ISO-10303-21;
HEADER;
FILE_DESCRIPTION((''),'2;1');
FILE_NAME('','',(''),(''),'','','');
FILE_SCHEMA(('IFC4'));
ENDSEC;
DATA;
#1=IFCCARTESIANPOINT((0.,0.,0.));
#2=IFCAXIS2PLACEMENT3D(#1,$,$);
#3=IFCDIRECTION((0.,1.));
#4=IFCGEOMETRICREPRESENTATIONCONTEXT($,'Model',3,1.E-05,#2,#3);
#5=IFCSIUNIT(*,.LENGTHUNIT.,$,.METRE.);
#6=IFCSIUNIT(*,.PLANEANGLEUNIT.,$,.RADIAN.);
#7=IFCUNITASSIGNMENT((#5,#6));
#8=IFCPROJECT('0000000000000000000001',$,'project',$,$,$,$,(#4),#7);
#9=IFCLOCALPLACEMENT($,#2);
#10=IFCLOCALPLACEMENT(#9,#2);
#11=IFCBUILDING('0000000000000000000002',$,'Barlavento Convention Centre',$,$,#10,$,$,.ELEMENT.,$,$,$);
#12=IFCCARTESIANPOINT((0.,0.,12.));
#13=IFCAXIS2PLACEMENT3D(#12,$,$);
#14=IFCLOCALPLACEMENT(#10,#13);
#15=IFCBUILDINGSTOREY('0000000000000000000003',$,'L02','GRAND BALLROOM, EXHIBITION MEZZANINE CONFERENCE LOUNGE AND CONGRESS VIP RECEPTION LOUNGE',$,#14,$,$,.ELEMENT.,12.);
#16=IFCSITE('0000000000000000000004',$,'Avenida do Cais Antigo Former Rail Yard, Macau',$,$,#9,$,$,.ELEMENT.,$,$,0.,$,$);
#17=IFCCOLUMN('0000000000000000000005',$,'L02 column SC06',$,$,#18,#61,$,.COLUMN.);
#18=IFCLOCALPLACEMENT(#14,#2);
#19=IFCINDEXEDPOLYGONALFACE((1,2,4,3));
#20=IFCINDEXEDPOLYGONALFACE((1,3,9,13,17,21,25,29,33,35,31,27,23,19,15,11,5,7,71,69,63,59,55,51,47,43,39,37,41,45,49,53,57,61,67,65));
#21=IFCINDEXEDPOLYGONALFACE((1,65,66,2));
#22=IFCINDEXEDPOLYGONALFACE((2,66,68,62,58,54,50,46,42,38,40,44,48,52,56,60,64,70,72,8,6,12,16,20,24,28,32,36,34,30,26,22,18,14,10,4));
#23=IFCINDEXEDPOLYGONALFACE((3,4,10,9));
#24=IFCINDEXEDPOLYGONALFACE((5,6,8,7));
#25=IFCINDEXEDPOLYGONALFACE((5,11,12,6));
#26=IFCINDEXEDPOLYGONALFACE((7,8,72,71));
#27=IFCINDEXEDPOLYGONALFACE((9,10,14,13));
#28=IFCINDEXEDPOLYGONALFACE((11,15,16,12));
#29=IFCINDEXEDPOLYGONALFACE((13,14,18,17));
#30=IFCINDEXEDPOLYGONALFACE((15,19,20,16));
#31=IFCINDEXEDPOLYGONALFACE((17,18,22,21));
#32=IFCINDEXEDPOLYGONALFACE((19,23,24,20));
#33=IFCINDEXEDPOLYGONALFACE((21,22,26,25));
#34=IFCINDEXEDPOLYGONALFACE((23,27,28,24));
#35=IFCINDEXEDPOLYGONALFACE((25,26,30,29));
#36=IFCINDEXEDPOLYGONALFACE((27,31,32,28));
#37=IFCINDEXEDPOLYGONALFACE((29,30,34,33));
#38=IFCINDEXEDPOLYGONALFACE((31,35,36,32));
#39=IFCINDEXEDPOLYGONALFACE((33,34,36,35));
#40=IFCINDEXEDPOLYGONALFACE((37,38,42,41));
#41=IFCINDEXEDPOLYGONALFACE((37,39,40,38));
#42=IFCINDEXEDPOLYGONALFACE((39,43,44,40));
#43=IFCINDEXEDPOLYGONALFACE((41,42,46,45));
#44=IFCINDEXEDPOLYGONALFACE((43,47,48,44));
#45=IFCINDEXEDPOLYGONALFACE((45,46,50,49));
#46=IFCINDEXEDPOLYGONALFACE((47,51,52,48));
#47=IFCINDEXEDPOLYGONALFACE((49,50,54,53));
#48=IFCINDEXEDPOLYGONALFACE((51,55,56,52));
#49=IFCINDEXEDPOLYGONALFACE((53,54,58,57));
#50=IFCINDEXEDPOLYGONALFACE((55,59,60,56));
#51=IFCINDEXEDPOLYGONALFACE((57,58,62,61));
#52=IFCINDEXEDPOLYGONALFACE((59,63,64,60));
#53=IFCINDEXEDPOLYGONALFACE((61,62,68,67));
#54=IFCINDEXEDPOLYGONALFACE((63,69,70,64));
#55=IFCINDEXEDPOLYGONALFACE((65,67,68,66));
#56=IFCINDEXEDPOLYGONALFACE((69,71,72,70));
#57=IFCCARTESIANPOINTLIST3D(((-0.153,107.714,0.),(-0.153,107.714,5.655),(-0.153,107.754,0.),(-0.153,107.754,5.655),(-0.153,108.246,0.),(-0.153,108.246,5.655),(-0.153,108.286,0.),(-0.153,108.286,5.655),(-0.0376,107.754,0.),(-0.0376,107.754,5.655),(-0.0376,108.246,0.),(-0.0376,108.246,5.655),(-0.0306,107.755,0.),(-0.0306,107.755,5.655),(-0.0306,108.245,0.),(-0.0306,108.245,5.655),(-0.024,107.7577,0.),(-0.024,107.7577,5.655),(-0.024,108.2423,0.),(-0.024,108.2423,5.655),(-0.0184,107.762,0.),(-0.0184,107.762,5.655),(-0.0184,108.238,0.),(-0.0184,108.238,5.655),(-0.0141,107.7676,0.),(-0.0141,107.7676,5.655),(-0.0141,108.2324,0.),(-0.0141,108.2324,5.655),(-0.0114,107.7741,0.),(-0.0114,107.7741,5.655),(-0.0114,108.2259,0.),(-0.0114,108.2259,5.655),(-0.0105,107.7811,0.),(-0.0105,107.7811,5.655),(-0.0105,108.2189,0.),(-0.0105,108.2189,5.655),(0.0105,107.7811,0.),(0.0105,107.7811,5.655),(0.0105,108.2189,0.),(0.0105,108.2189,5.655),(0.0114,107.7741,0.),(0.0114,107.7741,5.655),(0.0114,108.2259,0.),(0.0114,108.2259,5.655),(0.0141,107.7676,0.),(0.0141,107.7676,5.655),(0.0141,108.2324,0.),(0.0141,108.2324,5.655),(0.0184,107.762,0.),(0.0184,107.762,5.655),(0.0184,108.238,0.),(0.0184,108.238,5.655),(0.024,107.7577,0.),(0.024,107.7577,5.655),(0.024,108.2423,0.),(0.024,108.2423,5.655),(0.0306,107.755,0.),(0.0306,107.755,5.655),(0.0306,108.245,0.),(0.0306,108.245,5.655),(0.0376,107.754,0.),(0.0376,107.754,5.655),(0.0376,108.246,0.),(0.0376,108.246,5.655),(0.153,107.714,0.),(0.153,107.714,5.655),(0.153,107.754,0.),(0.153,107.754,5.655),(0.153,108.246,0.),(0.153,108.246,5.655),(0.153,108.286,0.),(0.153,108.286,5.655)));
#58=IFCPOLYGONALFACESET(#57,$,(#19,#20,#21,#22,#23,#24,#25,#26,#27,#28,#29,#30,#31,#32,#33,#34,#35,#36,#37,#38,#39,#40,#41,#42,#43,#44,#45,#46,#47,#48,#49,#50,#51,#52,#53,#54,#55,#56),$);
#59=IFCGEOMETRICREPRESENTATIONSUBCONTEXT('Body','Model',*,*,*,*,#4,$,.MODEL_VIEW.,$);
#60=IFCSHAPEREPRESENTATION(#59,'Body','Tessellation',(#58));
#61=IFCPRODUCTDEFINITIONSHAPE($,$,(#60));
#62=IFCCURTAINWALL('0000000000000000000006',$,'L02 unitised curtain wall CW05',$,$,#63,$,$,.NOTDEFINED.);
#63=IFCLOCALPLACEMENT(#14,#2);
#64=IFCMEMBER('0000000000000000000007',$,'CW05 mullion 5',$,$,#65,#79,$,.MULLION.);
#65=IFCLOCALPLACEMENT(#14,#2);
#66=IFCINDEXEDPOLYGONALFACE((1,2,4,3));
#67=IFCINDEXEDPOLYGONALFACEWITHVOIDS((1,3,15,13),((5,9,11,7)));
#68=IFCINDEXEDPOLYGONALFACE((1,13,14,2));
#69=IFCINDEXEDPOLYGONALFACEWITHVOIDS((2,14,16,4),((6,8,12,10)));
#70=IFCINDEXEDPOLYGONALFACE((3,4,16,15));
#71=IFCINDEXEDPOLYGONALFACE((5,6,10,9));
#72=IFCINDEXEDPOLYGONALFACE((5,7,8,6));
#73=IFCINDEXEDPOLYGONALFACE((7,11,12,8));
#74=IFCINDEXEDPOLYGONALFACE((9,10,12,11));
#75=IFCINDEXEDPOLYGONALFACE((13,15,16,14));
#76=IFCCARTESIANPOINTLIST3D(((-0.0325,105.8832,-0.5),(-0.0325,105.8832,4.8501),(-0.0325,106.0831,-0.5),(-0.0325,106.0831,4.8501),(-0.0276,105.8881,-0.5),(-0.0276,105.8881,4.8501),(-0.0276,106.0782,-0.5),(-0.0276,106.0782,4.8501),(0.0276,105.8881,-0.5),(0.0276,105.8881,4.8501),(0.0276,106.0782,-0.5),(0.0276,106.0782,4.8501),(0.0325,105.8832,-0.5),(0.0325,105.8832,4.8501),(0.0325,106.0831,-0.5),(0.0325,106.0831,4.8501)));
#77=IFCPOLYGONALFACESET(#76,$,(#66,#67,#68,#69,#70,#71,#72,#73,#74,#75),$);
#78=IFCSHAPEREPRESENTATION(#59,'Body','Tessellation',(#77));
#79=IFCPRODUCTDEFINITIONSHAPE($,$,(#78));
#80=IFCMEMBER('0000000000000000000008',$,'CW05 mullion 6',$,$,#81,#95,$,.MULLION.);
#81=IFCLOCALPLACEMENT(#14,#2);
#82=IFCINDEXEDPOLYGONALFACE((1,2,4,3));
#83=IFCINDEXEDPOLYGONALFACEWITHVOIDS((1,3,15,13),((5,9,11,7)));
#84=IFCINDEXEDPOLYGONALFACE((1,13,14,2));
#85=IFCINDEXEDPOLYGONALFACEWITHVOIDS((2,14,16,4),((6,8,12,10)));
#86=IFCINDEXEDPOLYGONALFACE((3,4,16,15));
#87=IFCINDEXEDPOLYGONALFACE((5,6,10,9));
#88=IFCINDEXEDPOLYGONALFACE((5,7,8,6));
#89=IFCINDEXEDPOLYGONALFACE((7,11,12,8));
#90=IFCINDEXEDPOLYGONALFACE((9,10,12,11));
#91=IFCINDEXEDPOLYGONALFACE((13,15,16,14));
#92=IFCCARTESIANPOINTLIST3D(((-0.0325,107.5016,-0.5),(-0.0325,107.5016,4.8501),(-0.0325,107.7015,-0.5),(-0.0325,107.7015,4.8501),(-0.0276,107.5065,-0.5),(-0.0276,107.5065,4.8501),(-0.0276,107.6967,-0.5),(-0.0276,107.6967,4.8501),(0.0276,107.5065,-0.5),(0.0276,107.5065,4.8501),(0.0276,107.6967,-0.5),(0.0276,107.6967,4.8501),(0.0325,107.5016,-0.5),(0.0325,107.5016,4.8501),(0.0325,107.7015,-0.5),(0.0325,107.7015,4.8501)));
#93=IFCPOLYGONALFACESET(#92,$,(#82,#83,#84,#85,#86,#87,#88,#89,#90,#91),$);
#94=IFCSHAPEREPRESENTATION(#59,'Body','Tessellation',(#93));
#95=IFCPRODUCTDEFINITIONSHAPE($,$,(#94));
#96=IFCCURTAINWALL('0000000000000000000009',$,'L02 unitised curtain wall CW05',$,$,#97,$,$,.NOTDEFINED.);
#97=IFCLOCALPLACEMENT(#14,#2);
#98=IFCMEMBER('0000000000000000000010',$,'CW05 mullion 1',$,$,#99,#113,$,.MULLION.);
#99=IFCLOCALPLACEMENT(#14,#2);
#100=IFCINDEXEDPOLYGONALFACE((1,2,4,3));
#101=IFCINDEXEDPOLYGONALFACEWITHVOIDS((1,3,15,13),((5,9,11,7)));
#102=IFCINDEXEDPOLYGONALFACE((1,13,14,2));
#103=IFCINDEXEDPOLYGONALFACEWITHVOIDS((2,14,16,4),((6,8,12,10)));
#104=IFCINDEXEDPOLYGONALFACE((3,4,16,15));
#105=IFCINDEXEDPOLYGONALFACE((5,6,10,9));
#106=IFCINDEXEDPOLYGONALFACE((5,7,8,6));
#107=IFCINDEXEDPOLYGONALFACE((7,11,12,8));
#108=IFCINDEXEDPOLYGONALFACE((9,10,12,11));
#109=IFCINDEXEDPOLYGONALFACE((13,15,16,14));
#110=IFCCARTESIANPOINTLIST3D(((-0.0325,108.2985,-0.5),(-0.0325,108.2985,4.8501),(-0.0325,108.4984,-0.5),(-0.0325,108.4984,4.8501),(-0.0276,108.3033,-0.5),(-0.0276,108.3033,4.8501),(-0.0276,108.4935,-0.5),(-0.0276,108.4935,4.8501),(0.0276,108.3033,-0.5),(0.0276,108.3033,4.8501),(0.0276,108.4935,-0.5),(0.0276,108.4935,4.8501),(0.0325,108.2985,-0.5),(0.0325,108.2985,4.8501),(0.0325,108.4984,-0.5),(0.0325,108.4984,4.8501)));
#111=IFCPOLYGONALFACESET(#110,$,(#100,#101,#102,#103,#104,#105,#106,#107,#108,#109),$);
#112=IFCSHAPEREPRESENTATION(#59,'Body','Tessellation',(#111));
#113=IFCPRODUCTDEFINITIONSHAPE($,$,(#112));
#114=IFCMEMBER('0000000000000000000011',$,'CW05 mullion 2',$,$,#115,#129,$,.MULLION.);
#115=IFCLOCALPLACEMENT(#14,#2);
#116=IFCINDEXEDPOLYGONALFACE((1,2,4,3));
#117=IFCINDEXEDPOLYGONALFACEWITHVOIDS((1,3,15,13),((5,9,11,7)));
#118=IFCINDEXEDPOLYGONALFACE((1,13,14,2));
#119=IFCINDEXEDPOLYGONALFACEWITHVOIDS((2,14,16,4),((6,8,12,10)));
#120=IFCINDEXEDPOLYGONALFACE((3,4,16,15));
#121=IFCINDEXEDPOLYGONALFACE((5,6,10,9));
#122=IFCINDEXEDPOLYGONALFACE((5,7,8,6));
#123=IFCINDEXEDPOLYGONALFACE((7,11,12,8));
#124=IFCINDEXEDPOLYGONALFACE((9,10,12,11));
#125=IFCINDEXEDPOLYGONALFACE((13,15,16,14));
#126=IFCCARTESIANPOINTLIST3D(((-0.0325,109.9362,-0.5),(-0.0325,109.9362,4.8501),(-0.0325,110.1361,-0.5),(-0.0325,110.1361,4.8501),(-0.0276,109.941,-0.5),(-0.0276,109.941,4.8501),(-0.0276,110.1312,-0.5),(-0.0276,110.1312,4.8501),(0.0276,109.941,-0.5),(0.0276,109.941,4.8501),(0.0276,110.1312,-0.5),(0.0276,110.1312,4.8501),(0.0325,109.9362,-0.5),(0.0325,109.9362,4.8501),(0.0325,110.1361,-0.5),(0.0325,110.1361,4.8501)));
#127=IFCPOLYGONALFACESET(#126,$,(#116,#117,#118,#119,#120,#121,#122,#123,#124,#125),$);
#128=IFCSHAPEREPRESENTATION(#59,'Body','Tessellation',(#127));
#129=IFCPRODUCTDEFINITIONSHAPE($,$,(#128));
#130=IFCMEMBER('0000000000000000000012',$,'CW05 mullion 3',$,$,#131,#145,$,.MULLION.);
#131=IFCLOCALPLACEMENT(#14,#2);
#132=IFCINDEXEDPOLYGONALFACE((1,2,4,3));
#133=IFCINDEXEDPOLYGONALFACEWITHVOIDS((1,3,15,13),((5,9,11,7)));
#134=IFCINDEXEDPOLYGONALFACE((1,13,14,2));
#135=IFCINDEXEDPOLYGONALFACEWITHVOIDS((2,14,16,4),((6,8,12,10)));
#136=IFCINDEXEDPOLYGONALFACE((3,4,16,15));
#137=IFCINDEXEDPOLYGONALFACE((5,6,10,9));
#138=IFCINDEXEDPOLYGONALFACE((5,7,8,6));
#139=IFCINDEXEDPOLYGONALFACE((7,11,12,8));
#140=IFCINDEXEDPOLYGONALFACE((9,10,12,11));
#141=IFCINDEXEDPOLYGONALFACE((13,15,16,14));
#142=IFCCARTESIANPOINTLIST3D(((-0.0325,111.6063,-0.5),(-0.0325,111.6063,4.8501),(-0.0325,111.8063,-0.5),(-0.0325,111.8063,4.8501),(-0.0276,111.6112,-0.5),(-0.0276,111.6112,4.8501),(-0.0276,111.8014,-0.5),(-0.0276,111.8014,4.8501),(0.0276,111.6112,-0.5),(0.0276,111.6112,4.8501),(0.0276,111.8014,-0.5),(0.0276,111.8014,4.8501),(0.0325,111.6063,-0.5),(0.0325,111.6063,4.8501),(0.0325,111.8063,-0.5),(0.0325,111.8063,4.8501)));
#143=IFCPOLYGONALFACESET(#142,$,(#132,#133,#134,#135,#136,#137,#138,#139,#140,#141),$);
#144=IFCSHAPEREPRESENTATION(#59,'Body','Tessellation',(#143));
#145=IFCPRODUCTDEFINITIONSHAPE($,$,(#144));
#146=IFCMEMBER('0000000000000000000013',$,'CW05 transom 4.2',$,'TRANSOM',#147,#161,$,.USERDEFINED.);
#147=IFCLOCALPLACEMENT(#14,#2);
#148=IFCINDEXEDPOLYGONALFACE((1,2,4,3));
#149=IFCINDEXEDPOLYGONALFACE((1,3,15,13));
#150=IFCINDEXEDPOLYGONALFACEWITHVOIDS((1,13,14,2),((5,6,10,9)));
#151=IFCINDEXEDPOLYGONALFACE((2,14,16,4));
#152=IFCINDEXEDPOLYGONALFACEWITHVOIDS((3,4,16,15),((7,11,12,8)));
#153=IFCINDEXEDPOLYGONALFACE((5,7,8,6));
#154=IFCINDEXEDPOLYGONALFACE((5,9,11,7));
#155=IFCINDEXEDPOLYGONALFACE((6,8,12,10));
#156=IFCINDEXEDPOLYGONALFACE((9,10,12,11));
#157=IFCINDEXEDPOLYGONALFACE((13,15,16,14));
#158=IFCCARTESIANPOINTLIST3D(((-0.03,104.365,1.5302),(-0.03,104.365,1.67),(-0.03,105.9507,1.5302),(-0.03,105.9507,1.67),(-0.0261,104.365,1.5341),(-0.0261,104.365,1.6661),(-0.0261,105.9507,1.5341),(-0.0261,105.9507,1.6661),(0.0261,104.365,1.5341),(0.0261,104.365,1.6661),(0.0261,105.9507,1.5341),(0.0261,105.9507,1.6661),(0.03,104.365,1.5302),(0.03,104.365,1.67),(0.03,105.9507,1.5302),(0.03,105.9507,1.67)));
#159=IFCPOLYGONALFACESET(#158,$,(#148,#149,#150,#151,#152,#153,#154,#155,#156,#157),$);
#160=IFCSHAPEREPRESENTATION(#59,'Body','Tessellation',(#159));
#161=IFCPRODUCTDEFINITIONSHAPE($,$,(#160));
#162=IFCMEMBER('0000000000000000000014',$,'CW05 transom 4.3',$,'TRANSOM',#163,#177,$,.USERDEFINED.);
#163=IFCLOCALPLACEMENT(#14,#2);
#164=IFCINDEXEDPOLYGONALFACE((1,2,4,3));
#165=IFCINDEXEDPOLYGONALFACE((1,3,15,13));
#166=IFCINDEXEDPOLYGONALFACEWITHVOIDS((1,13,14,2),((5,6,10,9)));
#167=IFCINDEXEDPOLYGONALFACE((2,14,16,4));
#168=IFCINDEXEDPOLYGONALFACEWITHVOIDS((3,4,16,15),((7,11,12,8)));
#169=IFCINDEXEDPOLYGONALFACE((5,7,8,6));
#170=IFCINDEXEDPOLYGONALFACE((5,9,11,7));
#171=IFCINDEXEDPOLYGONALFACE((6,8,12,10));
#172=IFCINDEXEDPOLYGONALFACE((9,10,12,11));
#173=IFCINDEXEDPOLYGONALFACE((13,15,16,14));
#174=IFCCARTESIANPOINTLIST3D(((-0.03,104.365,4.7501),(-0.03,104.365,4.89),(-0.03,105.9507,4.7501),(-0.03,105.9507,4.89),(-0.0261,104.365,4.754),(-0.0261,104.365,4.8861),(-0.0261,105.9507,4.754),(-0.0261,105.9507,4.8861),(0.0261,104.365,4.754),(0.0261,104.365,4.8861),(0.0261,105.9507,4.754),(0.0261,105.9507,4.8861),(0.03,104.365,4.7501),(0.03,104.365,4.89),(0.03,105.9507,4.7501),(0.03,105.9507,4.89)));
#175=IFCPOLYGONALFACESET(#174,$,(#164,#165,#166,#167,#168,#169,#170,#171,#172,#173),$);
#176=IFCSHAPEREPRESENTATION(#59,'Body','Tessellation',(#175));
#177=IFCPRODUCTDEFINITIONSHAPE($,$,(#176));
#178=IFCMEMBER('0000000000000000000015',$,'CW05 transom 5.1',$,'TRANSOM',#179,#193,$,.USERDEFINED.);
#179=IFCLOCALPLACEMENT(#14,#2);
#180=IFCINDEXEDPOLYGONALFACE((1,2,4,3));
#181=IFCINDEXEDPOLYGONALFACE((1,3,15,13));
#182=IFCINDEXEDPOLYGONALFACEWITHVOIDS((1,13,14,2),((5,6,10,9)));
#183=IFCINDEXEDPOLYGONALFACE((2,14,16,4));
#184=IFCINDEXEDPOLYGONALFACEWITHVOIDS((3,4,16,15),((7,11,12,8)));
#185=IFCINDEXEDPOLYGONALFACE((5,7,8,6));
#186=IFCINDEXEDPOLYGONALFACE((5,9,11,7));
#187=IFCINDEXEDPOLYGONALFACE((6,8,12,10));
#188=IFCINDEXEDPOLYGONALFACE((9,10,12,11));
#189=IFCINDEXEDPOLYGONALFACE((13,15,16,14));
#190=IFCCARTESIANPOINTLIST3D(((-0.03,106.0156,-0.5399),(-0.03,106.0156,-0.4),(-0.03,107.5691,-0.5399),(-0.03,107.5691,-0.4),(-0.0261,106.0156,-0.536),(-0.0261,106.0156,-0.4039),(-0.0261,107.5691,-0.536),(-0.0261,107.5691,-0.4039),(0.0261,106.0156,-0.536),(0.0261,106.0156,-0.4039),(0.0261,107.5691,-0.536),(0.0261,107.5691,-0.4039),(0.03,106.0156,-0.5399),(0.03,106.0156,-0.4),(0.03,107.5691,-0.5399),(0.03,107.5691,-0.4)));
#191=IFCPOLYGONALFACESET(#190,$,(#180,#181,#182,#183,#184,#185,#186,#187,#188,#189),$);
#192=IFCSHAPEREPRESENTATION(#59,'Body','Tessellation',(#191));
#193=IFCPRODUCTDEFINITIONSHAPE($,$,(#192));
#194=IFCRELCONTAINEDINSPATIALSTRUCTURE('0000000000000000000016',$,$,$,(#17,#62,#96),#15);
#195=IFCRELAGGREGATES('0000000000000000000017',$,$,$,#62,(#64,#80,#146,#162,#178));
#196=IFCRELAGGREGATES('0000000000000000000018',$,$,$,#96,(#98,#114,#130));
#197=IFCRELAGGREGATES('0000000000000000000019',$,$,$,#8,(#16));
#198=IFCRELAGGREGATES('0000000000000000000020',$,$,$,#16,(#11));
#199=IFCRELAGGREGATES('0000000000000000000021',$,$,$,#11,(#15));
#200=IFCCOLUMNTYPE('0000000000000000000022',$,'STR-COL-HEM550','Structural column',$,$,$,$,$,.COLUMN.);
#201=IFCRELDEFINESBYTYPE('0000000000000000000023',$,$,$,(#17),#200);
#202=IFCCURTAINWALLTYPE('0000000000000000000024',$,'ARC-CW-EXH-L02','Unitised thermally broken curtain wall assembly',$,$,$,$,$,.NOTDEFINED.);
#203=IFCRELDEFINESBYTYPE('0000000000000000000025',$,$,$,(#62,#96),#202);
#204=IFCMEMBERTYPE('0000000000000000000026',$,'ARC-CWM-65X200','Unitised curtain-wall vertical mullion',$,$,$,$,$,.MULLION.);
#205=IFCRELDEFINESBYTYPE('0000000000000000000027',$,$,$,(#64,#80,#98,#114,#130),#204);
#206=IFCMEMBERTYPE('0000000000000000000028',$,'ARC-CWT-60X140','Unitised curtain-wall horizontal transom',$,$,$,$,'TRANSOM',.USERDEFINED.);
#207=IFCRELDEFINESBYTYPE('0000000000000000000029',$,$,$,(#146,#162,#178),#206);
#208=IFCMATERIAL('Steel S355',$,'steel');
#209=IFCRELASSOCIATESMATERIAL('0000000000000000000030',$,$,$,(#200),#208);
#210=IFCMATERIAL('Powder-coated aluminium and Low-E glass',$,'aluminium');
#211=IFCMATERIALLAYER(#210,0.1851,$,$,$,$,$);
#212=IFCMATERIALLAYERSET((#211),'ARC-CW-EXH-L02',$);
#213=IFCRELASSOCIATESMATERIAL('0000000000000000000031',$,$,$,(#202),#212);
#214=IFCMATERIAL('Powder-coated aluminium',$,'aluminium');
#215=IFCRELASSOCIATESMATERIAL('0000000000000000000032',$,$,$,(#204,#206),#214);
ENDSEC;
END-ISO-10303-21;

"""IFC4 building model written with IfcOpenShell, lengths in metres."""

from ifc_helpers import new_model, si_unit, direction, frame, origin, origin_2d, place, context, subcontext, project, spatial, hollow_rectangle, i_section, extrude, material, layer, layer_set, material_profile, profile_set, type_object, element, aggregate, save


model = new_model("IFC4")

# Units and contexts
model_context = context("Model", 3, precision=1e-05, world=origin(), true_north=direction((0.0, 1.0)))
body_context = subcontext(model_context, "Body", "Model", "MODEL_VIEW")
ifc_project = project(units=[si_unit("LENGTHUNIT", "METRE"), si_unit("PLANEANGLEUNIT", "RADIAN")], contexts=[model_context])

# Site, building, storey
site_placement = place(None, origin())
site = spatial("IfcSite", under=ifc_project, at=site_placement, Name="Avenida do Cais Antigo Former Rail Yard, Macau", CompositionType="ELEMENT", RefElevation=0.0)
building_placement = place(site_placement, origin())
building = spatial("IfcBuilding", under=site, at=building_placement, Name="Barlavento Convention Centre", CompositionType="ELEMENT")
storey_placement = place(building_placement, frame((0.0, 0.0, 12.0)))
storey = spatial("IfcBuildingStorey", under=building, at=storey_placement, Name="L02", Description="GRAND BALLROOM, EXHIBITION MEZZANINE CONFERENCE LOUNGE AND CONGRESS VIP RECEPTION LOUNGE", CompositionType="ELEMENT", Elevation=12.0)

# Column
ifc_material_1 = material(Name="Steel S355", Category="steel")
ifc_material_profile_1 = material_profile(ifc_material_1, i_section(OverallWidth=0.3059, OverallDepth=0.572, WebThickness=0.021, FlangeThickness=0.04, FilletRadius=0.0271, at=origin_2d()), Name="HEM 550")
ifc_profile_set_1 = profile_set([ifc_material_profile_1], Name="Steel S355")
column_type = type_object("IfcColumnType", Name="STR-COL-HEM550", Description="Structural column", PredefinedType="COLUMN", material=ifc_profile_set_1)
column_placement = place(storey_placement, frame((0.0, 108.0, 0.0), z_axis=(0.0, 0.0, 1.0), x_axis=(1.0, 0.0, 0.0)))
element("IfcColumn", 1, at=column_placement, inside=storey, type_object=column_type, Name="L02 column SC06", PredefinedType="COLUMN", context=body_context, shape_type="SweptSolid", body=[
    extrude(i_section(OverallWidth=0.3059, OverallDepth=0.572, WebThickness=0.021, FlangeThickness=0.04, FilletRadius=0.0271, at=origin_2d()), origin(), (0.0, 0.0, 1.0), 5.655),
])

# Curtain walls, members
ifc_material_2 = material(Name="Powder-coated aluminium and Low-E glass", Category="aluminium")
ifc_layer_1 = layer(ifc_material_2, 0.1851)
ifc_layer_set_1 = layer_set([ifc_layer_1], Name="ARC-CW-EXH-L02")
curtain_wall_type = type_object("IfcCurtainWallType", Name="ARC-CW-EXH-L02", Description="Unitised thermally broken curtain wall assembly", PredefinedType="NOTDEFINED", material=ifc_layer_set_1)
curtain_wall_1_placement = place(storey_placement, origin())
curtain_wall_1 = element("IfcCurtainWall", 2, at=curtain_wall_1_placement, inside=storey, type_object=curtain_wall_type, Name="L02 unitised curtain wall CW05", PredefinedType="NOTDEFINED")
ifc_material_3 = material(Name="Powder-coated aluminium", Category="aluminium")
ifc_material_profile_2 = material_profile(ifc_material_3, hollow_rectangle(XDim=0.0649, YDim=0.2, WallThickness=0.0049, at=origin_2d()), Name="AL-MULL 65x200x5")
ifc_profile_set_2 = profile_set([ifc_material_profile_2], Name="Powder-coated aluminium")
member_type_1 = type_object("IfcMemberType", Name="ARC-CWM-65X200", Description="Unitised curtain-wall vertical mullion", PredefinedType="MULLION", material=ifc_profile_set_2)
member_1_placement = place(storey_placement, frame((0.0, 105.9832, -0.5), z_axis=(0.0, 0.0, 1.0), x_axis=(-1.0, 0.0, 0.0)))
member_1 = element("IfcMember", 3, at=member_1_placement, type_object=member_type_1, Name="CW05 mullion 5", PredefinedType="MULLION", context=body_context, shape_type="SweptSolid", body=[
    extrude(hollow_rectangle(XDim=0.0649, YDim=0.2, WallThickness=0.0049, at=origin_2d()), origin(), (0.0, 0.0, 1.0), 5.3501),
])
member_2_placement = place(storey_placement, frame((0.0, 107.6016, -0.5), z_axis=(0.0, 0.0, 1.0), x_axis=(-1.0, 0.0, 0.0)))
member_2 = element("IfcMember", 4, at=member_2_placement, type_object=member_type_1, Name="CW05 mullion 6", PredefinedType="MULLION", context=body_context, shape_type="SweptSolid", body=[
    extrude(hollow_rectangle(XDim=0.0649, YDim=0.2, WallThickness=0.0049, at=origin_2d()), origin(), (0.0, 0.0, 1.0), 5.3501),
])
curtain_wall_2_placement = place(storey_placement, origin())
curtain_wall_2 = element("IfcCurtainWall", 5, at=curtain_wall_2_placement, inside=storey, type_object=curtain_wall_type, Name="L02 unitised curtain wall CW05", PredefinedType="NOTDEFINED")
member_3_placement = place(storey_placement, frame((0.0, 108.3984, -0.5), z_axis=(0.0, 0.0, 1.0), x_axis=(-1.0, 0.0, 0.0)))
member_3 = element("IfcMember", 6, at=member_3_placement, type_object=member_type_1, Name="CW05 mullion 1", PredefinedType="MULLION", context=body_context, shape_type="SweptSolid", body=[
    extrude(hollow_rectangle(XDim=0.0649, YDim=0.2, WallThickness=0.0049, at=origin_2d()), origin(), (0.0, 0.0, 1.0), 5.3501),
])
member_4_placement = place(storey_placement, frame((0.0, 110.0361, -0.5), z_axis=(0.0, 0.0, 1.0), x_axis=(-1.0, 0.0, 0.0)))
member_4 = element("IfcMember", 7, at=member_4_placement, type_object=member_type_1, Name="CW05 mullion 2", PredefinedType="MULLION", context=body_context, shape_type="SweptSolid", body=[
    extrude(hollow_rectangle(XDim=0.0649, YDim=0.2, WallThickness=0.0049, at=origin_2d()), origin(), (0.0, 0.0, 1.0), 5.3501),
])
member_5_placement = place(storey_placement, frame((0.0, 111.7063, -0.5), z_axis=(0.0, 0.0, 1.0), x_axis=(-1.0, 0.0, 0.0)))
member_5 = element("IfcMember", 8, at=member_5_placement, type_object=member_type_1, Name="CW05 mullion 3", PredefinedType="MULLION", context=body_context, shape_type="SweptSolid", body=[
    extrude(hollow_rectangle(XDim=0.0649, YDim=0.2, WallThickness=0.0049, at=origin_2d()), origin(), (0.0, 0.0, 1.0), 5.3501),
])

# Members
ifc_material_profile_3 = material_profile(ifc_material_3, hollow_rectangle(XDim=0.0601, YDim=0.1399, WallThickness=0.0039, at=origin_2d()), Name="AL-TRAN 60x140x4")
ifc_profile_set_3 = profile_set([ifc_material_profile_3], Name="Powder-coated aluminium")
member_type_2 = type_object("IfcMemberType", Name="ARC-CWT-60X140", Description="Unitised curtain-wall horizontal transom", ElementType="TRANSOM", PredefinedType="USERDEFINED", material=ifc_profile_set_3)
member_6_placement = place(storey_placement, frame((0.0, 104.365, 1.6001), z_axis=(0.0, 1.0, 0.0), x_axis=(-1.0, 0.0, 0.0)))
member_6 = element("IfcMember", 9, at=member_6_placement, type_object=member_type_2, Name="CW05 transom 4.2", ObjectType="TRANSOM", PredefinedType="USERDEFINED", context=body_context, shape_type="SweptSolid", body=[
    extrude(hollow_rectangle(XDim=0.0601, YDim=0.1399, WallThickness=0.0039, at=origin_2d()), origin(), (0.0, 0.0, 1.0), 1.5857),
])
member_7_placement = place(storey_placement, frame((0.0, 104.365, 4.8201), z_axis=(0.0, 1.0, 0.0), x_axis=(-1.0, 0.0, 0.0)))
member_7 = element("IfcMember", 10, at=member_7_placement, type_object=member_type_2, Name="CW05 transom 4.3", ObjectType="TRANSOM", PredefinedType="USERDEFINED", context=body_context, shape_type="SweptSolid", body=[
    extrude(hollow_rectangle(XDim=0.0601, YDim=0.1399, WallThickness=0.0039, at=origin_2d()), origin(), (0.0, 0.0, 1.0), 1.5857),
])
member_8_placement = place(storey_placement, frame((0.0, 106.0156, -0.47), z_axis=(0.0, 1.0, 0.0), x_axis=(-1.0, 0.0, 0.0)))
member_8 = element("IfcMember", 11, at=member_8_placement, type_object=member_type_2, Name="CW05 transom 5.1", ObjectType="TRANSOM", PredefinedType="USERDEFINED", context=body_context, shape_type="SweptSolid", body=[
    extrude(hollow_rectangle(XDim=0.0601, YDim=0.1399, WallThickness=0.0039, at=origin_2d()), origin(), (0.0, 0.0, 1.0), 1.5535),
])

aggregate(curtain_wall_1, [member_1, member_2, member_6, member_7, member_8])
aggregate(curtain_wall_2, [member_3, member_4, member_5])

save(model, "model.ifc")
